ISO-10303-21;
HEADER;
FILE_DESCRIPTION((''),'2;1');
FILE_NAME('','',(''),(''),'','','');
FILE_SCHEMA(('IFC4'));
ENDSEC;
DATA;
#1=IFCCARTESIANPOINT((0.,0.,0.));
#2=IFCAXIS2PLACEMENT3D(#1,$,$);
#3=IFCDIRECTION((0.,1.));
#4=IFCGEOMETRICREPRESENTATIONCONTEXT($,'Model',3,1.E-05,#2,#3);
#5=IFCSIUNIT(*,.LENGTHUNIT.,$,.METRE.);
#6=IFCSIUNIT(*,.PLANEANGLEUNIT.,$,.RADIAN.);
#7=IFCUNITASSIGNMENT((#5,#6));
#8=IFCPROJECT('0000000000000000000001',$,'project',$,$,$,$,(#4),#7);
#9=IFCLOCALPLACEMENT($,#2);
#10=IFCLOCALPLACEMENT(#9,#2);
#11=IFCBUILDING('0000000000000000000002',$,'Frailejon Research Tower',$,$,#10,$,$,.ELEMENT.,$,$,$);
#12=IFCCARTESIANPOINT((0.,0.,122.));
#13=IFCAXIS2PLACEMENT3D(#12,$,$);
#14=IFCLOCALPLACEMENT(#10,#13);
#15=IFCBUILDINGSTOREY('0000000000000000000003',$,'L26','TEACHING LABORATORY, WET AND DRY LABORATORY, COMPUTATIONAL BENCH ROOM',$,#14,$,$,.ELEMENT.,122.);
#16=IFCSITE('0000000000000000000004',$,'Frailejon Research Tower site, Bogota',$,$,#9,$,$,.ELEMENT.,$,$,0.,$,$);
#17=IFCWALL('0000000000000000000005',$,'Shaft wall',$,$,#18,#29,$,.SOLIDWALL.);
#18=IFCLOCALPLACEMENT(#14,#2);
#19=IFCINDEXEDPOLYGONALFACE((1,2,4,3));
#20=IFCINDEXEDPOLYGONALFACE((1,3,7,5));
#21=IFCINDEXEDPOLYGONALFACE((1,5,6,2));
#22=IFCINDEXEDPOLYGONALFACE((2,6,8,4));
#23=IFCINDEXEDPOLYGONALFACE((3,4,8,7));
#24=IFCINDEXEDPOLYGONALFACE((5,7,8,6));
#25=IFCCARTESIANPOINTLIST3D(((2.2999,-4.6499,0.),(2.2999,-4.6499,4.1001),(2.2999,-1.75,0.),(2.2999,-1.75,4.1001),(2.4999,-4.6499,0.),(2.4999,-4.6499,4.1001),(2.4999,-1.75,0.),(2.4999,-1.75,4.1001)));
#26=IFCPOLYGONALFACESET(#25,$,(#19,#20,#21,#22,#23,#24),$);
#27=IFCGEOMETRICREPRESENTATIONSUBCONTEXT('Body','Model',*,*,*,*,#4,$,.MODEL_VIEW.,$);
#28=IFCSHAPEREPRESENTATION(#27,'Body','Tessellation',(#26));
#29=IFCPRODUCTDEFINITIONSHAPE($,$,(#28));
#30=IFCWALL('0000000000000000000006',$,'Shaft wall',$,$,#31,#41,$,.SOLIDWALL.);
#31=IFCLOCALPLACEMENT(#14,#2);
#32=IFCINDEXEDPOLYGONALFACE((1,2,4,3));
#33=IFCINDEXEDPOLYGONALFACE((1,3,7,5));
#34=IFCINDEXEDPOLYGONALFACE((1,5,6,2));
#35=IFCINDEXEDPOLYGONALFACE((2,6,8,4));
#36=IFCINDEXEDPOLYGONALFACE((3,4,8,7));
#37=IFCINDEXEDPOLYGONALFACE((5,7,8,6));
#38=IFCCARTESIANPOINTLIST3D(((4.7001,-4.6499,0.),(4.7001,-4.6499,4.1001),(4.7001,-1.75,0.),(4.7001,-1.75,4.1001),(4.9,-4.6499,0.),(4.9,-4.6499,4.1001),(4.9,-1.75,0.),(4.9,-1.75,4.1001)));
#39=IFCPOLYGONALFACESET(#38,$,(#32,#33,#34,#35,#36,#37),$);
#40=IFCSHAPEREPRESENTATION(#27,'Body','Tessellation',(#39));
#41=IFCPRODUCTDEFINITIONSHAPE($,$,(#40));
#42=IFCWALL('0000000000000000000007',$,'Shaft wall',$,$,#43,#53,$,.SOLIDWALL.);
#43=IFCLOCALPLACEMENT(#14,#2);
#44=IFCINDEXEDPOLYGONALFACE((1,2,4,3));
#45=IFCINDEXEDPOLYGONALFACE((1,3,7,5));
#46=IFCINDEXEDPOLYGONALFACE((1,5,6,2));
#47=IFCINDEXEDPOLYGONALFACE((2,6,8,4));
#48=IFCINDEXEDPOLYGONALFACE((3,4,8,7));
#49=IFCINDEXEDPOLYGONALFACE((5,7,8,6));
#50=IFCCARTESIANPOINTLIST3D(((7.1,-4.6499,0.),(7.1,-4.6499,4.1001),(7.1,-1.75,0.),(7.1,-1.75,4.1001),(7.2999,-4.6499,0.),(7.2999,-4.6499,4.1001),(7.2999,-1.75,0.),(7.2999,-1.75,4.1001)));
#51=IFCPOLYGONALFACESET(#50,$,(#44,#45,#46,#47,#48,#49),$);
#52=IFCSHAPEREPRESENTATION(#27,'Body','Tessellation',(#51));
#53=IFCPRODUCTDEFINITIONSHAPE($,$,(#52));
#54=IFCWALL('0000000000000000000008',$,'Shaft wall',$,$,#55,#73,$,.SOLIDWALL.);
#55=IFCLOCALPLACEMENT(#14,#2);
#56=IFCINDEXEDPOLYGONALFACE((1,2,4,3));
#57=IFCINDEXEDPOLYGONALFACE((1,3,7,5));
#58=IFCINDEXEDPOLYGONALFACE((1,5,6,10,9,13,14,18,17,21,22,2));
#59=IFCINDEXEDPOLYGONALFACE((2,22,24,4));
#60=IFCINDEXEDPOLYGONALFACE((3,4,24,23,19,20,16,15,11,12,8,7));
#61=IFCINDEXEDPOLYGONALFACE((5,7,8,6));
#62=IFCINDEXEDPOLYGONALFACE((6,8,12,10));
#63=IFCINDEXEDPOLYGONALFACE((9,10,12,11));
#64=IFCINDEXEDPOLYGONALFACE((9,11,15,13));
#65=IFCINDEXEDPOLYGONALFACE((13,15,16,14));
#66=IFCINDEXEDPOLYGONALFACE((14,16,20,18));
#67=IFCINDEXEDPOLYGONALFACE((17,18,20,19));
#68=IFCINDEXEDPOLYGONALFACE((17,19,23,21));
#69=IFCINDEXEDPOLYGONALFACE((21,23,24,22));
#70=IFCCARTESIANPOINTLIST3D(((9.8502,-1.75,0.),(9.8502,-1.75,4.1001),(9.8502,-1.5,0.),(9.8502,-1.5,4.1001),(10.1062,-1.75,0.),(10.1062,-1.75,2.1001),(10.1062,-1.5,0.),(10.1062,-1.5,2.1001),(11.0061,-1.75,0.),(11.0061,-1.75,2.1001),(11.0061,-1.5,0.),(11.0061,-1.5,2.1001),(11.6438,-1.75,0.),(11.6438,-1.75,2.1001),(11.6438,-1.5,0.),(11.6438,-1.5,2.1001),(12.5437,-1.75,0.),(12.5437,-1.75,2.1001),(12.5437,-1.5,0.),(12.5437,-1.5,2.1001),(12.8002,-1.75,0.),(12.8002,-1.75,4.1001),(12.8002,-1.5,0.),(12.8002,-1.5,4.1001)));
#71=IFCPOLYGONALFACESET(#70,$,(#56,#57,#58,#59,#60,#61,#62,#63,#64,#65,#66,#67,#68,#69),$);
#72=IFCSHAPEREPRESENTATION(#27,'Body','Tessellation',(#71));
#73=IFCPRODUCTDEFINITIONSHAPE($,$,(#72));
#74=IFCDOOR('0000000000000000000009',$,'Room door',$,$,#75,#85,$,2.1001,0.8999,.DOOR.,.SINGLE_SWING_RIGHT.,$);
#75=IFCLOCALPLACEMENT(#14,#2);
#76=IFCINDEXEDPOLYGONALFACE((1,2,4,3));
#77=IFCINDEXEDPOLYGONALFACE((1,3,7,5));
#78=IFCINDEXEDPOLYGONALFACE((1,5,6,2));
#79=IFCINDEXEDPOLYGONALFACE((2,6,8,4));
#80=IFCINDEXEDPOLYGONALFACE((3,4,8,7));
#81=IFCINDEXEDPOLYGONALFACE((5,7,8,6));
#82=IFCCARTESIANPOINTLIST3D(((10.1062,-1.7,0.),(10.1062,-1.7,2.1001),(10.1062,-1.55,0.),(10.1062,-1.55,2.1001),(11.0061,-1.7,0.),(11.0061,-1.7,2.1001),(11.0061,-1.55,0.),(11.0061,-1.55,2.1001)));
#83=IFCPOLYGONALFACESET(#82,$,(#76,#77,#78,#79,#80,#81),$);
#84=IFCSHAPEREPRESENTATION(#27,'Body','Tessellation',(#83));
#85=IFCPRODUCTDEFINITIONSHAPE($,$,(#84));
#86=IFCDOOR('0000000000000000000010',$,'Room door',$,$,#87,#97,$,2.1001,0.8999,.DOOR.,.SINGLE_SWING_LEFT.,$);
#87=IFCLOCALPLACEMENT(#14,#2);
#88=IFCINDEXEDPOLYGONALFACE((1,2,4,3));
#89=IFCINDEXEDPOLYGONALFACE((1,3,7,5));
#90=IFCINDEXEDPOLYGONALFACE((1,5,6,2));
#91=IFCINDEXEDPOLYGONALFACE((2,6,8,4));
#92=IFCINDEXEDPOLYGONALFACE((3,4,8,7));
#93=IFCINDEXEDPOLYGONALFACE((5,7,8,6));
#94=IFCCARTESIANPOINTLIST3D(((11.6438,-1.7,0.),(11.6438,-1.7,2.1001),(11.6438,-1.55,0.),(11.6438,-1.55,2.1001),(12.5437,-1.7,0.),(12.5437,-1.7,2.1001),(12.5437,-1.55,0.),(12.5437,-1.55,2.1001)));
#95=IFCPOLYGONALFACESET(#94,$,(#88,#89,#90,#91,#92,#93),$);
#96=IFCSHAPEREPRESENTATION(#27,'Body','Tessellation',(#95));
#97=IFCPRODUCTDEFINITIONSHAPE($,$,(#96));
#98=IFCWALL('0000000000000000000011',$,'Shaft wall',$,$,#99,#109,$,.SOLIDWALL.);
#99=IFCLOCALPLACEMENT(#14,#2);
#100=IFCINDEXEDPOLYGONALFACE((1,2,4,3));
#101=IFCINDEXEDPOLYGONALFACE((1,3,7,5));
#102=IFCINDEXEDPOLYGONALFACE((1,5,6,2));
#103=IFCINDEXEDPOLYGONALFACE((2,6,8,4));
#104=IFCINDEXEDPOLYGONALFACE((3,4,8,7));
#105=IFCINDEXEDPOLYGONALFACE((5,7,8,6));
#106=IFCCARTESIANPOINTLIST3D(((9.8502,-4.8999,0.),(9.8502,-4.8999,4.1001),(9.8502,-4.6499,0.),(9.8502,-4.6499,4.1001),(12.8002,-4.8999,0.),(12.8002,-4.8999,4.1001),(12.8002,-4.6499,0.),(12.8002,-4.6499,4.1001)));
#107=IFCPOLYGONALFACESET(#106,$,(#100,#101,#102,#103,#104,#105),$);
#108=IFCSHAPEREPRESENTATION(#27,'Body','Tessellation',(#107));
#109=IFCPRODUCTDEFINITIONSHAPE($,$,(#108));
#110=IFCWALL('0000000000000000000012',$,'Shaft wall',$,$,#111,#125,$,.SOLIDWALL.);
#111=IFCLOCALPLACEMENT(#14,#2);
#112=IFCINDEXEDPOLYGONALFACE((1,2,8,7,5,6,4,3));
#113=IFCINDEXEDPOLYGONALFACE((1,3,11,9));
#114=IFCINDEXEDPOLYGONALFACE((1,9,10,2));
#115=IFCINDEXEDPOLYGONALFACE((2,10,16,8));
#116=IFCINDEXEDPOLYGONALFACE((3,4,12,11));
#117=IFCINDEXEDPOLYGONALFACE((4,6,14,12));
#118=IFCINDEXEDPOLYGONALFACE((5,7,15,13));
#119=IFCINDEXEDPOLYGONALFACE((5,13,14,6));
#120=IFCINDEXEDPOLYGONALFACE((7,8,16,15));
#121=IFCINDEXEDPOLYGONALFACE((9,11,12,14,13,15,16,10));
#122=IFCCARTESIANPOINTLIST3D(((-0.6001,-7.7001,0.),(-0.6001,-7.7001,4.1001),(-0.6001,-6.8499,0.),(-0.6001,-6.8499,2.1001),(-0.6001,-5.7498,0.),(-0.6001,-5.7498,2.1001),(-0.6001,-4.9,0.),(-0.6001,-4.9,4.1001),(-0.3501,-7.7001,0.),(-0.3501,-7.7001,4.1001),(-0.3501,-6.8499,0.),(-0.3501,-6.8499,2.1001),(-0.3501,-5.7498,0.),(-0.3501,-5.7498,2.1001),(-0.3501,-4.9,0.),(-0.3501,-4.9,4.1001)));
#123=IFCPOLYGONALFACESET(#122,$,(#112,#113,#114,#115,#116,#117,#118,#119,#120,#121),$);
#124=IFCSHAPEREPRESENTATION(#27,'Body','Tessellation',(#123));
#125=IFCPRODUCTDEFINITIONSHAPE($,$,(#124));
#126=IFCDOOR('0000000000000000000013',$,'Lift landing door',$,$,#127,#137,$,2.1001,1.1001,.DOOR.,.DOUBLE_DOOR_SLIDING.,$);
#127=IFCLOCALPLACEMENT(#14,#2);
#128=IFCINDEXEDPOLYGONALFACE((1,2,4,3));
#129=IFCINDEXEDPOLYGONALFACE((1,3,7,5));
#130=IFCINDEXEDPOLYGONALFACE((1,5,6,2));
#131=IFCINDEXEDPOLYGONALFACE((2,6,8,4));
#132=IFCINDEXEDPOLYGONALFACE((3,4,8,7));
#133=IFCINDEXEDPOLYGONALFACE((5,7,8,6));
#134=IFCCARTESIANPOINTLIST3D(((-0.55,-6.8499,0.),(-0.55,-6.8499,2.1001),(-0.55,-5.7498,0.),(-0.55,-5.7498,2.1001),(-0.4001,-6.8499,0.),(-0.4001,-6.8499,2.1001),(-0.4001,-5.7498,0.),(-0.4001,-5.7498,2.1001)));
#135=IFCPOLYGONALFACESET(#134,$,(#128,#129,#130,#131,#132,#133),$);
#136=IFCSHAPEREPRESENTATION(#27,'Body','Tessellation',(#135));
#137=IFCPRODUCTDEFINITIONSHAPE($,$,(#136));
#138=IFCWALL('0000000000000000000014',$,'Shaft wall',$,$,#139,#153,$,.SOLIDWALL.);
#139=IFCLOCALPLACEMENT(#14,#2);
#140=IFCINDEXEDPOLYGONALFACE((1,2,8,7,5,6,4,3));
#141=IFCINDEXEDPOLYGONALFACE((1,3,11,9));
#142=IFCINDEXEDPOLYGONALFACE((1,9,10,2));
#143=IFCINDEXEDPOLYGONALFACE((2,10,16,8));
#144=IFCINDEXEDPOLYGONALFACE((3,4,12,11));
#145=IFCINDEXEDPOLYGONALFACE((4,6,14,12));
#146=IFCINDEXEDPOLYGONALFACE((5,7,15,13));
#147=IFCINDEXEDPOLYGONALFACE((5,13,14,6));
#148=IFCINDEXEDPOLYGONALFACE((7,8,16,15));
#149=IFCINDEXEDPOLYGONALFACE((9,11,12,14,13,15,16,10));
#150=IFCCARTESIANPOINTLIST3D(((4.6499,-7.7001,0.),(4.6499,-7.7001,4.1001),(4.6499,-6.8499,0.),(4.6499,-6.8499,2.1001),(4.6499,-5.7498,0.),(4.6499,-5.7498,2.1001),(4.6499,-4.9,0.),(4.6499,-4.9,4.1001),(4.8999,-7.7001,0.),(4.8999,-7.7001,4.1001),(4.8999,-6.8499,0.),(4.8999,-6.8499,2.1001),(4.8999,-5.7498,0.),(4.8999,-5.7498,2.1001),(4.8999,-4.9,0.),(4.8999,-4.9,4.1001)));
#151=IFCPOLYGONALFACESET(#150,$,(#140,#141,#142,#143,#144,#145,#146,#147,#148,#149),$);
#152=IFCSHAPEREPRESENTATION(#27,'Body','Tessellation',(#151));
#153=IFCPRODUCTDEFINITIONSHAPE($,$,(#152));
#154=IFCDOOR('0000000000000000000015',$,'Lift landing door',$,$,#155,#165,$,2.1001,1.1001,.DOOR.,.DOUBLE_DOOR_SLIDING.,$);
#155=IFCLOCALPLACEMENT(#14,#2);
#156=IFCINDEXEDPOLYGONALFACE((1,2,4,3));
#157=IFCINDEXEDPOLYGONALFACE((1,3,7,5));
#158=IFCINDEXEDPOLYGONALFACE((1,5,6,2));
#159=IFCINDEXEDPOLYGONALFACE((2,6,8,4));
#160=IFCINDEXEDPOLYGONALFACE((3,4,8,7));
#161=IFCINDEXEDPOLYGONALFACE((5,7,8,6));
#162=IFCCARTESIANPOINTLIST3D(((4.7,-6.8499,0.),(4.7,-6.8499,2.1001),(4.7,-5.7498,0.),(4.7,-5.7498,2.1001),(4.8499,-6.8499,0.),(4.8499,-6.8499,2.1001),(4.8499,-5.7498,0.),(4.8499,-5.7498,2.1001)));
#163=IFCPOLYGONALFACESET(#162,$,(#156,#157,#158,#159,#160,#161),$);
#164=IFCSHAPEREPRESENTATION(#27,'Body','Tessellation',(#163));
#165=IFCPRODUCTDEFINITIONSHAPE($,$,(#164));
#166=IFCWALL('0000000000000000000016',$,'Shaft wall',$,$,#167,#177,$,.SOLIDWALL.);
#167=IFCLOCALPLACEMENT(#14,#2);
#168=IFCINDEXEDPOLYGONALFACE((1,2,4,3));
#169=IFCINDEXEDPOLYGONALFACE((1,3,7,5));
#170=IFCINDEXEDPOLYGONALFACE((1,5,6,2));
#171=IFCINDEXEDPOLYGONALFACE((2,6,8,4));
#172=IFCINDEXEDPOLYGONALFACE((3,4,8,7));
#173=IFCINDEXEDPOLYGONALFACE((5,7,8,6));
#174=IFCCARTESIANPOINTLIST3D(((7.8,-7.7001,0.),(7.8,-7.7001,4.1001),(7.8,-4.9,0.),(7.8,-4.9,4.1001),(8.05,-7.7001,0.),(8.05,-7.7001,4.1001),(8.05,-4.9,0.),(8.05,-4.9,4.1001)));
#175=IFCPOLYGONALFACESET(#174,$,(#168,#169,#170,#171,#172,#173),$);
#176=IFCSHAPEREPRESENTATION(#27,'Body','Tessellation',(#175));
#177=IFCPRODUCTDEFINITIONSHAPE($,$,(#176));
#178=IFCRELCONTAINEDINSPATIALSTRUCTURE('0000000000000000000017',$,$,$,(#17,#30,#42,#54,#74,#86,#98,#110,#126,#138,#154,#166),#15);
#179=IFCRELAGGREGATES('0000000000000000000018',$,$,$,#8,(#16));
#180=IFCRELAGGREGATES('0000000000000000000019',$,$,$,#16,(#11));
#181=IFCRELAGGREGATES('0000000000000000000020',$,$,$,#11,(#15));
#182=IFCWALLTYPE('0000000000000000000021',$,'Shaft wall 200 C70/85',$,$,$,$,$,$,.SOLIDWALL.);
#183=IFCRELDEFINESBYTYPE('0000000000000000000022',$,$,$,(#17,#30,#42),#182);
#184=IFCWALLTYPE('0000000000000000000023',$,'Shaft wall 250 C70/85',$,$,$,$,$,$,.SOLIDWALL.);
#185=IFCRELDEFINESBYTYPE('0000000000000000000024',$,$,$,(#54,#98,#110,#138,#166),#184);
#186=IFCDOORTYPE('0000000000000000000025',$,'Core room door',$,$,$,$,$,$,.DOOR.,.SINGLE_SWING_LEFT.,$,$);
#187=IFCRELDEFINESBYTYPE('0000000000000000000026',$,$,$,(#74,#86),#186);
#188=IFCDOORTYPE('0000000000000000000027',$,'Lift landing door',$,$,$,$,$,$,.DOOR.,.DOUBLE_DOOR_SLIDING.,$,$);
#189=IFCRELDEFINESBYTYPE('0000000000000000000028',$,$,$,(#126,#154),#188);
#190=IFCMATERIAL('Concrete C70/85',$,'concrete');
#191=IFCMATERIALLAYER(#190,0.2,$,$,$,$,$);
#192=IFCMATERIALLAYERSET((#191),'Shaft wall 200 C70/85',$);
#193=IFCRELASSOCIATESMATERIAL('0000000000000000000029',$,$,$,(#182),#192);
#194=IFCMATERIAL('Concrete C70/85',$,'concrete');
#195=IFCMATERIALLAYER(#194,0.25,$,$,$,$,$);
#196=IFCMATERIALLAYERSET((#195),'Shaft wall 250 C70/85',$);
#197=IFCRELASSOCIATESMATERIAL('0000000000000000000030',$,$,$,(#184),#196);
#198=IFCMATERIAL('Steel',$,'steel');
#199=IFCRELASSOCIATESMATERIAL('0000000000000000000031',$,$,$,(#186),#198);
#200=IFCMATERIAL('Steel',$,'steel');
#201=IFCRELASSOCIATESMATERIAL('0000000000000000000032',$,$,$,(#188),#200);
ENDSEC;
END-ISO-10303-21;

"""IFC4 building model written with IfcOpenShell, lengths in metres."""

from ifc_helpers import new_model, si_unit, direction, frame, frame_2d, origin, place, context, subcontext, project, spatial, rectangle, extrude, material, layer, layer_set, type_object, element, fill, save


model = new_model("IFC4")

# Units and contexts
model_context = context("Model", 3, precision=1e-05, world=origin(), true_north=direction((0.0, 1.0)))
body_context = subcontext(model_context, "Body", "Model", "MODEL_VIEW")
ifc_project = project(units=[si_unit("LENGTHUNIT", "METRE"), si_unit("PLANEANGLEUNIT", "RADIAN")], contexts=[model_context])

# Site, building, storey
site_placement = place(None, origin())
site = spatial("IfcSite", under=ifc_project, at=site_placement, Name="Frailejon Research Tower site, Bogota", CompositionType="ELEMENT", RefElevation=0.0)
building_placement = place(site_placement, origin())
building = spatial("IfcBuilding", under=site, at=building_placement, Name="Frailejon Research Tower", CompositionType="ELEMENT")
storey_placement = place(building_placement, frame((0.0, 0.0, 122.0)))
storey = spatial("IfcBuildingStorey", under=building, at=storey_placement, Name="L26", Description="TEACHING LABORATORY, WET AND DRY LABORATORY, COMPUTATIONAL BENCH ROOM", CompositionType="ELEMENT", Elevation=122.0)

# Walls
ifc_material_1 = material(Name="Concrete C70/85", Category="concrete")
ifc_layer_1 = layer(ifc_material_1, 0.2)
ifc_layer_set_1 = layer_set([ifc_layer_1], Name="Shaft wall 200 C70/85")
wall_type_1 = type_object("IfcWallType", Name="Shaft wall 200 C70/85", PredefinedType="SOLIDWALL", material=ifc_layer_set_1)
for number, where, z_axis, x_axis, name in (
    (1, (2.3999, -4.6499, 0.0), (0.0, 0.0, 1.0), (0.0, 1.0, 0.0), "Shaft wall"),
    (2, (4.8, -4.6499, 0.0), (0.0, 0.0, 1.0), (0.0, 1.0, 0.0), "Shaft wall"),
    (3, (7.2, -4.6499, 0.0), (0.0, 0.0, 1.0), (0.0, 1.0, 0.0), "Shaft wall"),
):
    element("IfcWall", number, at=place(storey_placement, frame(where, z_axis=z_axis, x_axis=x_axis)), inside=storey, type_object=wall_type_1, Name=name, PredefinedType="SOLIDWALL", context=body_context, shape_type="SweptSolid", body=[
        extrude(rectangle(XDim=2.8999, YDim=0.2, at=frame_2d((1.45, 0.0))), origin(), (0.0, 0.0, 1.0), 4.1001),
    ])

# Wall, openings, doors
ifc_material_2 = material(Name="Concrete C70/85", Category="concrete")
ifc_layer_2 = layer(ifc_material_2, 0.25)
ifc_layer_set_2 = layer_set([ifc_layer_2], Name="Shaft wall 250 C70/85")
wall_type_2 = type_object("IfcWallType", Name="Shaft wall 250 C70/85", PredefinedType="SOLIDWALL", material=ifc_layer_set_2)
wall_1_placement = place(storey_placement, frame((9.8501, -1.625, 0.0), z_axis=(0.0, 0.0, 1.0), x_axis=(1.0, 0.0, 0.0)))
wall_1 = element("IfcWall", 4, at=wall_1_placement, inside=storey, type_object=wall_type_2, Name="Shaft wall", PredefinedType="SOLIDWALL", context=body_context, shape_type="SweptSolid", body=[
    extrude(rectangle(XDim=2.95, YDim=0.25, at=frame_2d((1.4751, 0.0))), origin(), (0.0, 0.0, 1.0), 4.1001),
])
opening_1_placement = place(wall_1_placement, frame((0.2561, 0.0, 0.0)))
opening_1 = element("IfcOpeningElement", 5, at=opening_1_placement, cuts=wall_1, PredefinedType="OPENING", context=body_context, shape_type="SweptSolid", body=[
    extrude(rectangle(XDim=0.8999, YDim=2.1001, at=frame_2d((0.45, 1.05))), frame((0.0, 0.135, 0.0), z_axis=(0.0, -1.0, 0.0), x_axis=(1.0, 0.0, 0.0)), (0.0, 0.0, 1.0), 0.27),
])
opening_2_placement = place(wall_1_placement, frame((1.7937, 0.0, 0.0)))
opening_2 = element("IfcOpeningElement", 6, at=opening_2_placement, cuts=wall_1, PredefinedType="OPENING", context=body_context, shape_type="SweptSolid", body=[
    extrude(rectangle(XDim=0.8999, YDim=2.1001, at=frame_2d((0.45, 1.05))), frame((0.0, 0.135, 0.0), z_axis=(0.0, -1.0, 0.0), x_axis=(1.0, 0.0, 0.0)), (0.0, 0.0, 1.0), 0.27),
])
ifc_material_3 = material(Name="Steel", Category="steel")
door_type_1 = type_object("IfcDoorType", Name="Core room door", OperationType="SINGLE_SWING_LEFT", PredefinedType="DOOR", material=ifc_material_3)
door_1_placement = place(opening_1_placement, origin())
door_1 = element("IfcDoor", 7, at=door_1_placement, inside=storey, type_object=door_type_1, Name="Room door", OperationType="SINGLE_SWING_RIGHT", OverallHeight=2.1001, OverallWidth=0.8999, PredefinedType="DOOR", context=body_context, shape_type="SweptSolid", body=[
    extrude(rectangle(XDim=0.8999, YDim=2.1001, at=frame_2d((0.45, 1.05))), frame((0.0, 0.075, 0.0), z_axis=(0.0, -1.0, 0.0), x_axis=(1.0, 0.0, 0.0)), (0.0, 0.0, 1.0), 0.1499),
])
fill(opening_1, door_1)
door_2_placement = place(opening_2_placement, origin())
door_2 = element("IfcDoor", 8, at=door_2_placement, inside=storey, type_object=door_type_1, Name="Room door", OperationType="SINGLE_SWING_LEFT", OverallHeight=2.1001, OverallWidth=0.8999, PredefinedType="DOOR", context=body_context, shape_type="SweptSolid", body=[
    extrude(rectangle(XDim=0.8999, YDim=2.1001, at=frame_2d((0.45, 1.05))), frame((0.0, 0.075, 0.0), z_axis=(0.0, -1.0, 0.0), x_axis=(1.0, 0.0, 0.0)), (0.0, 0.0, 1.0), 0.1499),
])
fill(opening_2, door_2)

# Wall
wall_2_placement = place(storey_placement, frame((9.8501, -4.7749, 0.0), z_axis=(0.0, 0.0, 1.0), x_axis=(1.0, 0.0, 0.0)))
element("IfcWall", 9, at=wall_2_placement, inside=storey, type_object=wall_type_2, Name="Shaft wall", PredefinedType="SOLIDWALL", context=body_context, shape_type="SweptSolid", body=[
    extrude(rectangle(XDim=2.95, YDim=0.25, at=frame_2d((1.4751, 0.0))), origin(), (0.0, 0.0, 1.0), 4.1001),
])

# Walls, openings, doors
wall_3_placement = place(storey_placement, frame((-0.4751, -7.7, 0.0), z_axis=(0.0, 0.0, 1.0), x_axis=(0.0, 1.0, 0.0)))
wall_3 = element("IfcWall", 10, at=wall_3_placement, inside=storey, type_object=wall_type_2, Name="Shaft wall", PredefinedType="SOLIDWALL", context=body_context, shape_type="SweptSolid", body=[
    extrude(rectangle(XDim=2.8, YDim=0.25, at=frame_2d((1.3999, 0.0))), origin(), (0.0, 0.0, 1.0), 4.1001),
])
opening_3_placement = place(wall_3_placement, frame((0.8501, 0.0, 0.0)))
opening_3 = element("IfcOpeningElement", 11, at=opening_3_placement, cuts=wall_3, PredefinedType="OPENING", context=body_context, shape_type="SweptSolid", body=[
    extrude(rectangle(XDim=1.1001, YDim=2.1001, at=frame_2d((0.55, 1.05))), frame((0.0, 0.135, 0.0), z_axis=(0.0, -1.0, 0.0), x_axis=(1.0, 0.0, 0.0)), (0.0, 0.0, 1.0), 0.27),
])
ifc_material_4 = material(Name="Steel", Category="steel")
door_type_2 = type_object("IfcDoorType", Name="Lift landing door", OperationType="DOUBLE_DOOR_SLIDING", PredefinedType="DOOR", material=ifc_material_4)
door_3_placement = place(opening_3_placement, origin())
door_3 = element("IfcDoor", 12, at=door_3_placement, inside=storey, type_object=door_type_2, Name="Lift landing door", OperationType="DOUBLE_DOOR_SLIDING", OverallHeight=2.1001, OverallWidth=1.1001, PredefinedType="DOOR", context=body_context, shape_type="SweptSolid", body=[
    extrude(rectangle(XDim=1.1001, YDim=2.1001, at=frame_2d((0.55, 1.05))), frame((0.0, 0.075, 0.0), z_axis=(0.0, -1.0, 0.0), x_axis=(1.0, 0.0, 0.0)), (0.0, 0.0, 1.0), 0.1499),
])
fill(opening_3, door_3)
wall_4_placement = place(storey_placement, frame((4.7749, -7.7, 0.0), z_axis=(0.0, 0.0, 1.0), x_axis=(0.0, 1.0, 0.0)))
wall_4 = element("IfcWall", 13, at=wall_4_placement, inside=storey, type_object=wall_type_2, Name="Shaft wall", PredefinedType="SOLIDWALL", context=body_context, shape_type="SweptSolid", body=[
    extrude(rectangle(XDim=2.8, YDim=0.25, at=frame_2d((1.3999, 0.0))), origin(), (0.0, 0.0, 1.0), 4.1001),
])
opening_4_placement = place(wall_4_placement, frame((0.8501, 0.0, 0.0)))
opening_4 = element("IfcOpeningElement", 14, at=opening_4_placement, cuts=wall_4, PredefinedType="OPENING", context=body_context, shape_type="SweptSolid", body=[
    extrude(rectangle(XDim=1.1001, YDim=2.1001, at=frame_2d((0.55, 1.05))), frame((0.0, 0.135, 0.0), z_axis=(0.0, -1.0, 0.0), x_axis=(1.0, 0.0, 0.0)), (0.0, 0.0, 1.0), 0.27),
])
door_4_placement = place(opening_4_placement, origin())
door_4 = element("IfcDoor", 15, at=door_4_placement, inside=storey, type_object=door_type_2, Name="Lift landing door", OperationType="DOUBLE_DOOR_SLIDING", OverallHeight=2.1001, OverallWidth=1.1001, PredefinedType="DOOR", context=body_context, shape_type="SweptSolid", body=[
    extrude(rectangle(XDim=1.1001, YDim=2.1001, at=frame_2d((0.55, 1.05))), frame((0.0, 0.075, 0.0), z_axis=(0.0, -1.0, 0.0), x_axis=(1.0, 0.0, 0.0)), (0.0, 0.0, 1.0), 0.1499),
])
fill(opening_4, door_4)

# Wall
wall_5_placement = place(storey_placement, frame((7.925, -7.7, 0.0), z_axis=(0.0, 0.0, 1.0), x_axis=(0.0, 1.0, 0.0)))
element("IfcWall", 16, at=wall_5_placement, inside=storey, type_object=wall_type_2, Name="Shaft wall", PredefinedType="SOLIDWALL", context=body_context, shape_type="SweptSolid", body=[
    extrude(rectangle(XDim=2.8, YDim=0.25, at=frame_2d((1.3999, 0.0))), origin(), (0.0, 0.0, 1.0), 4.1001),
])

save(model, "model.ifc")
